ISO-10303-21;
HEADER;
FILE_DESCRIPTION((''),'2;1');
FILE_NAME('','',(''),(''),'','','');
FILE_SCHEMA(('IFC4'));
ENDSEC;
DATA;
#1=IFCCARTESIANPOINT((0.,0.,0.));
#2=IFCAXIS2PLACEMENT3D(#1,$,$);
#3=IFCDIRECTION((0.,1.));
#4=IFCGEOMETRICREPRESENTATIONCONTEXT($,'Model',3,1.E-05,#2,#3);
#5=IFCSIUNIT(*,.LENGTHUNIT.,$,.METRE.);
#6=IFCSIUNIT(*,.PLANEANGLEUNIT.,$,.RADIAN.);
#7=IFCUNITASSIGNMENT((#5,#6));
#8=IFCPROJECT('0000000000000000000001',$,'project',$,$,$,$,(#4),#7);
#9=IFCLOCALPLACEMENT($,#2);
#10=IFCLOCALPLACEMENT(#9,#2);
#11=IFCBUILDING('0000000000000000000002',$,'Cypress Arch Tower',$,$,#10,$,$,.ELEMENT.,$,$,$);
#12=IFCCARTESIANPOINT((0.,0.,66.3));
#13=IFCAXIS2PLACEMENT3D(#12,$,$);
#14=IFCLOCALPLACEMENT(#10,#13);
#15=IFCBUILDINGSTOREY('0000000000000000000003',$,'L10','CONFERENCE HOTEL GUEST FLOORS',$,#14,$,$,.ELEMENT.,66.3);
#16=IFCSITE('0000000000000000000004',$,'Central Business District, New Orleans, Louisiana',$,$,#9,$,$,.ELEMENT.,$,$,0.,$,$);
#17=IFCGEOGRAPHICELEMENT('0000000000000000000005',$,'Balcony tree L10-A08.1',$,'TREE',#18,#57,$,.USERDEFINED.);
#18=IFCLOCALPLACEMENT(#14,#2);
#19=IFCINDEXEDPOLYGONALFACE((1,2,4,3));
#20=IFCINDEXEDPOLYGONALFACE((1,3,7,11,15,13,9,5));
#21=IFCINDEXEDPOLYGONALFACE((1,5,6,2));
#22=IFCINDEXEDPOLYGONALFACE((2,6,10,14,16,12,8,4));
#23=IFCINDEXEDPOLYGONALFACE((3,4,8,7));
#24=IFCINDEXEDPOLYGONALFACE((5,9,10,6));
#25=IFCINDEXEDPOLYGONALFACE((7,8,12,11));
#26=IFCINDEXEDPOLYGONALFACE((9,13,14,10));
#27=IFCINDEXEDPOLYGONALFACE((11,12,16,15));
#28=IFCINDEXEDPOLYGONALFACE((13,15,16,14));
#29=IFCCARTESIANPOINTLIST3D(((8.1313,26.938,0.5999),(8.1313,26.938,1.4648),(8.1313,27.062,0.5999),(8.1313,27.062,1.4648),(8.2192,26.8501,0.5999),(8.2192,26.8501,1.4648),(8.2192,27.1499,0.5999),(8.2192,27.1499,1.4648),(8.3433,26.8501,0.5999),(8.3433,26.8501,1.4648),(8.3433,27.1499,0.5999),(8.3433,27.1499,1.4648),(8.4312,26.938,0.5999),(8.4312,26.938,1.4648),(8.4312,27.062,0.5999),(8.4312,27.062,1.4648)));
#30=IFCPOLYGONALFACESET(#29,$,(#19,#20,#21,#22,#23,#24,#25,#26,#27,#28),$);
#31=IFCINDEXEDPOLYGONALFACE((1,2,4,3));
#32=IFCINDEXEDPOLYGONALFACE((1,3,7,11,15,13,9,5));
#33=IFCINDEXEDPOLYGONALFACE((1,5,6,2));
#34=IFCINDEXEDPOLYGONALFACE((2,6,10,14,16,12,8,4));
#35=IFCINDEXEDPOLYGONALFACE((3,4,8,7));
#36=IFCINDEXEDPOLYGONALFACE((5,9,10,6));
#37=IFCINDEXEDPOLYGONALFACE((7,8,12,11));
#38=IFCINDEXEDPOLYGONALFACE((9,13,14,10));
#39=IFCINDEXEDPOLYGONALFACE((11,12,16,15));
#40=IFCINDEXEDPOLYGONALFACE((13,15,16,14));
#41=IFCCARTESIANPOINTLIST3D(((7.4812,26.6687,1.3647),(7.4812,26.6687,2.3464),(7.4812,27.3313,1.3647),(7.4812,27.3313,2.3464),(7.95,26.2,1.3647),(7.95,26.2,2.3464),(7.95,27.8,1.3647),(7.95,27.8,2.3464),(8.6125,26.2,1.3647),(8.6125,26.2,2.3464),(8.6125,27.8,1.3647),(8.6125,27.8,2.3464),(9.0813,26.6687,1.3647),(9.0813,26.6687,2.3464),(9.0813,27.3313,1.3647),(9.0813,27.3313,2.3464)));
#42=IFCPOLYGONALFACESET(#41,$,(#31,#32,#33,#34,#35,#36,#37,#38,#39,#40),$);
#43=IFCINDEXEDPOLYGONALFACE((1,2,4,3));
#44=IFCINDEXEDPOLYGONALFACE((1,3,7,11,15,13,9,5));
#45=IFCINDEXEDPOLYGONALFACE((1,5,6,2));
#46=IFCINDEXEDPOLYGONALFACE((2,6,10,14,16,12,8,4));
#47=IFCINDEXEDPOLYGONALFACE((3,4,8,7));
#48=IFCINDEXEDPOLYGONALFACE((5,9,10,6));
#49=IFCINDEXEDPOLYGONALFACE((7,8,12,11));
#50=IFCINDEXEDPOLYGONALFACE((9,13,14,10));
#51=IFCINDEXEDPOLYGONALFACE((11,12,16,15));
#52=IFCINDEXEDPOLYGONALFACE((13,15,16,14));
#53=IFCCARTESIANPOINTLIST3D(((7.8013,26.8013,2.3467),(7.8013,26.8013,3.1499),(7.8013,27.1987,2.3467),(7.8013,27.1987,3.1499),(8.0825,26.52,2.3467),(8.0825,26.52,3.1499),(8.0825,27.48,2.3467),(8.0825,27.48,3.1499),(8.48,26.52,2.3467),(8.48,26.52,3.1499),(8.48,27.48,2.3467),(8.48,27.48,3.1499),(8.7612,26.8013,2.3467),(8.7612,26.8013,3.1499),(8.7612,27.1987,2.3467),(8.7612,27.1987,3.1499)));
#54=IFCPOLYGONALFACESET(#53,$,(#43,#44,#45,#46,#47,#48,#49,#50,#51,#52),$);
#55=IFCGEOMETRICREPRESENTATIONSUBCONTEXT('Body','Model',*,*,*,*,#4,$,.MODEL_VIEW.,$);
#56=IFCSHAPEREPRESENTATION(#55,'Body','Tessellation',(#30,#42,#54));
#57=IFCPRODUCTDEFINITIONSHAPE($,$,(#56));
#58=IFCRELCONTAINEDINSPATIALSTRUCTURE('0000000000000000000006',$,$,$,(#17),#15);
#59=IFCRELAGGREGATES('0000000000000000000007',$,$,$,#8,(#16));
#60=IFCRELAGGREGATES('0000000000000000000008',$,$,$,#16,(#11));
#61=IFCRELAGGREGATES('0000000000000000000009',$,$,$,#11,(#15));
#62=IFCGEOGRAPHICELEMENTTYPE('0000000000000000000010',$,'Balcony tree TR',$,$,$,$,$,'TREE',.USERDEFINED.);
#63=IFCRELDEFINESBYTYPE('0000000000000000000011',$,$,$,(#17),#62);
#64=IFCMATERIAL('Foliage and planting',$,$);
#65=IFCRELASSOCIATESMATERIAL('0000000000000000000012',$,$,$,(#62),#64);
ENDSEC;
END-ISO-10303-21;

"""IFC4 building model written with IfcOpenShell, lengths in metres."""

from ifc_helpers import new_model, si_unit, direction, frame, origin, place, context, subcontext, project, spatial, polyline, outline, extrude, material, type_object, element, save


model = new_model("IFC4")

# Units and contexts
model_context = context("Model", 3, precision=1e-05, world=origin(), true_north=direction((0.0, 1.0)))
body_context = subcontext(model_context, "Body", "Model", "MODEL_VIEW")
ifc_project = project(units=[si_unit("LENGTHUNIT", "METRE"), si_unit("PLANEANGLEUNIT", "RADIAN")], contexts=[model_context])

# Site, building, storey
site_placement = place(None, origin())
site = spatial("IfcSite", under=ifc_project, at=site_placement, Name="Central Business District, New Orleans, Louisiana", CompositionType="ELEMENT", RefElevation=0.0)
building_placement = place(site_placement, origin())
building = spatial("IfcBuilding", under=site, at=building_placement, Name="Cypress Arch Tower", CompositionType="ELEMENT")
storey_placement = place(building_placement, frame((0.0, 0.0, 66.3)))
storey = spatial("IfcBuildingStorey", under=building, at=storey_placement, Name="L10", Description="CONFERENCE HOTEL GUEST FLOORS", CompositionType="ELEMENT", Elevation=66.3)

# Geographic element
ifc_material_1 = material(Name="Foliage and planting")
geographic_element_type = type_object("IfcGeographicElementType", Name="Balcony tree TR", ElementType="TREE", PredefinedType="USERDEFINED", material=ifc_material_1)
geographic_element_placement = place(storey_placement, frame((8.2812, 27.0, 0.5999), z_axis=(0.0, 0.0, 1.0), x_axis=(1.0, 0.0, 0.0)))
element("IfcGeographicElement", 1, at=geographic_element_placement, inside=storey, type_object=geographic_element_type, Name="Balcony tree L10-A08.1", ObjectType="TREE", PredefinedType="USERDEFINED", context=body_context, shape_type="SweptSolid", body=[
    extrude(outline(polyline([(0.1499, 0.062), (0.062, 0.1499), (-0.062, 0.1499), (-0.1499, 0.062), (-0.1499, -0.062), (-0.062, -0.1499), (0.062, -0.1499), (0.1499, -0.062), (0.1499, 0.062)])), origin(), (0.0, 0.0, 1.0), 0.865),
    extrude(outline(polyline([(0.8, 0.3313), (0.3313, 0.8), (-0.3313, 0.8), (-0.8, 0.3313), (-0.8, -0.3313), (-0.3313, -0.8), (0.3313, -0.8), (0.8, -0.3313), (0.8, 0.3313)])), frame((0.0, 0.0, 0.7649)), (0.0, 0.0, 1.0), 0.9817),
    extrude(outline(polyline([(0.48, 0.1987), (0.1987, 0.48), (-0.1987, 0.48), (-0.48, 0.1987), (-0.48, -0.1987), (-0.1987, -0.48), (0.1987, -0.48), (0.48, -0.1987), (0.48, 0.1987)])), frame((0.0, 0.0, 1.7468)), (0.0, 0.0, 1.0), 0.8032),
])

save(model, "model.ifc")
